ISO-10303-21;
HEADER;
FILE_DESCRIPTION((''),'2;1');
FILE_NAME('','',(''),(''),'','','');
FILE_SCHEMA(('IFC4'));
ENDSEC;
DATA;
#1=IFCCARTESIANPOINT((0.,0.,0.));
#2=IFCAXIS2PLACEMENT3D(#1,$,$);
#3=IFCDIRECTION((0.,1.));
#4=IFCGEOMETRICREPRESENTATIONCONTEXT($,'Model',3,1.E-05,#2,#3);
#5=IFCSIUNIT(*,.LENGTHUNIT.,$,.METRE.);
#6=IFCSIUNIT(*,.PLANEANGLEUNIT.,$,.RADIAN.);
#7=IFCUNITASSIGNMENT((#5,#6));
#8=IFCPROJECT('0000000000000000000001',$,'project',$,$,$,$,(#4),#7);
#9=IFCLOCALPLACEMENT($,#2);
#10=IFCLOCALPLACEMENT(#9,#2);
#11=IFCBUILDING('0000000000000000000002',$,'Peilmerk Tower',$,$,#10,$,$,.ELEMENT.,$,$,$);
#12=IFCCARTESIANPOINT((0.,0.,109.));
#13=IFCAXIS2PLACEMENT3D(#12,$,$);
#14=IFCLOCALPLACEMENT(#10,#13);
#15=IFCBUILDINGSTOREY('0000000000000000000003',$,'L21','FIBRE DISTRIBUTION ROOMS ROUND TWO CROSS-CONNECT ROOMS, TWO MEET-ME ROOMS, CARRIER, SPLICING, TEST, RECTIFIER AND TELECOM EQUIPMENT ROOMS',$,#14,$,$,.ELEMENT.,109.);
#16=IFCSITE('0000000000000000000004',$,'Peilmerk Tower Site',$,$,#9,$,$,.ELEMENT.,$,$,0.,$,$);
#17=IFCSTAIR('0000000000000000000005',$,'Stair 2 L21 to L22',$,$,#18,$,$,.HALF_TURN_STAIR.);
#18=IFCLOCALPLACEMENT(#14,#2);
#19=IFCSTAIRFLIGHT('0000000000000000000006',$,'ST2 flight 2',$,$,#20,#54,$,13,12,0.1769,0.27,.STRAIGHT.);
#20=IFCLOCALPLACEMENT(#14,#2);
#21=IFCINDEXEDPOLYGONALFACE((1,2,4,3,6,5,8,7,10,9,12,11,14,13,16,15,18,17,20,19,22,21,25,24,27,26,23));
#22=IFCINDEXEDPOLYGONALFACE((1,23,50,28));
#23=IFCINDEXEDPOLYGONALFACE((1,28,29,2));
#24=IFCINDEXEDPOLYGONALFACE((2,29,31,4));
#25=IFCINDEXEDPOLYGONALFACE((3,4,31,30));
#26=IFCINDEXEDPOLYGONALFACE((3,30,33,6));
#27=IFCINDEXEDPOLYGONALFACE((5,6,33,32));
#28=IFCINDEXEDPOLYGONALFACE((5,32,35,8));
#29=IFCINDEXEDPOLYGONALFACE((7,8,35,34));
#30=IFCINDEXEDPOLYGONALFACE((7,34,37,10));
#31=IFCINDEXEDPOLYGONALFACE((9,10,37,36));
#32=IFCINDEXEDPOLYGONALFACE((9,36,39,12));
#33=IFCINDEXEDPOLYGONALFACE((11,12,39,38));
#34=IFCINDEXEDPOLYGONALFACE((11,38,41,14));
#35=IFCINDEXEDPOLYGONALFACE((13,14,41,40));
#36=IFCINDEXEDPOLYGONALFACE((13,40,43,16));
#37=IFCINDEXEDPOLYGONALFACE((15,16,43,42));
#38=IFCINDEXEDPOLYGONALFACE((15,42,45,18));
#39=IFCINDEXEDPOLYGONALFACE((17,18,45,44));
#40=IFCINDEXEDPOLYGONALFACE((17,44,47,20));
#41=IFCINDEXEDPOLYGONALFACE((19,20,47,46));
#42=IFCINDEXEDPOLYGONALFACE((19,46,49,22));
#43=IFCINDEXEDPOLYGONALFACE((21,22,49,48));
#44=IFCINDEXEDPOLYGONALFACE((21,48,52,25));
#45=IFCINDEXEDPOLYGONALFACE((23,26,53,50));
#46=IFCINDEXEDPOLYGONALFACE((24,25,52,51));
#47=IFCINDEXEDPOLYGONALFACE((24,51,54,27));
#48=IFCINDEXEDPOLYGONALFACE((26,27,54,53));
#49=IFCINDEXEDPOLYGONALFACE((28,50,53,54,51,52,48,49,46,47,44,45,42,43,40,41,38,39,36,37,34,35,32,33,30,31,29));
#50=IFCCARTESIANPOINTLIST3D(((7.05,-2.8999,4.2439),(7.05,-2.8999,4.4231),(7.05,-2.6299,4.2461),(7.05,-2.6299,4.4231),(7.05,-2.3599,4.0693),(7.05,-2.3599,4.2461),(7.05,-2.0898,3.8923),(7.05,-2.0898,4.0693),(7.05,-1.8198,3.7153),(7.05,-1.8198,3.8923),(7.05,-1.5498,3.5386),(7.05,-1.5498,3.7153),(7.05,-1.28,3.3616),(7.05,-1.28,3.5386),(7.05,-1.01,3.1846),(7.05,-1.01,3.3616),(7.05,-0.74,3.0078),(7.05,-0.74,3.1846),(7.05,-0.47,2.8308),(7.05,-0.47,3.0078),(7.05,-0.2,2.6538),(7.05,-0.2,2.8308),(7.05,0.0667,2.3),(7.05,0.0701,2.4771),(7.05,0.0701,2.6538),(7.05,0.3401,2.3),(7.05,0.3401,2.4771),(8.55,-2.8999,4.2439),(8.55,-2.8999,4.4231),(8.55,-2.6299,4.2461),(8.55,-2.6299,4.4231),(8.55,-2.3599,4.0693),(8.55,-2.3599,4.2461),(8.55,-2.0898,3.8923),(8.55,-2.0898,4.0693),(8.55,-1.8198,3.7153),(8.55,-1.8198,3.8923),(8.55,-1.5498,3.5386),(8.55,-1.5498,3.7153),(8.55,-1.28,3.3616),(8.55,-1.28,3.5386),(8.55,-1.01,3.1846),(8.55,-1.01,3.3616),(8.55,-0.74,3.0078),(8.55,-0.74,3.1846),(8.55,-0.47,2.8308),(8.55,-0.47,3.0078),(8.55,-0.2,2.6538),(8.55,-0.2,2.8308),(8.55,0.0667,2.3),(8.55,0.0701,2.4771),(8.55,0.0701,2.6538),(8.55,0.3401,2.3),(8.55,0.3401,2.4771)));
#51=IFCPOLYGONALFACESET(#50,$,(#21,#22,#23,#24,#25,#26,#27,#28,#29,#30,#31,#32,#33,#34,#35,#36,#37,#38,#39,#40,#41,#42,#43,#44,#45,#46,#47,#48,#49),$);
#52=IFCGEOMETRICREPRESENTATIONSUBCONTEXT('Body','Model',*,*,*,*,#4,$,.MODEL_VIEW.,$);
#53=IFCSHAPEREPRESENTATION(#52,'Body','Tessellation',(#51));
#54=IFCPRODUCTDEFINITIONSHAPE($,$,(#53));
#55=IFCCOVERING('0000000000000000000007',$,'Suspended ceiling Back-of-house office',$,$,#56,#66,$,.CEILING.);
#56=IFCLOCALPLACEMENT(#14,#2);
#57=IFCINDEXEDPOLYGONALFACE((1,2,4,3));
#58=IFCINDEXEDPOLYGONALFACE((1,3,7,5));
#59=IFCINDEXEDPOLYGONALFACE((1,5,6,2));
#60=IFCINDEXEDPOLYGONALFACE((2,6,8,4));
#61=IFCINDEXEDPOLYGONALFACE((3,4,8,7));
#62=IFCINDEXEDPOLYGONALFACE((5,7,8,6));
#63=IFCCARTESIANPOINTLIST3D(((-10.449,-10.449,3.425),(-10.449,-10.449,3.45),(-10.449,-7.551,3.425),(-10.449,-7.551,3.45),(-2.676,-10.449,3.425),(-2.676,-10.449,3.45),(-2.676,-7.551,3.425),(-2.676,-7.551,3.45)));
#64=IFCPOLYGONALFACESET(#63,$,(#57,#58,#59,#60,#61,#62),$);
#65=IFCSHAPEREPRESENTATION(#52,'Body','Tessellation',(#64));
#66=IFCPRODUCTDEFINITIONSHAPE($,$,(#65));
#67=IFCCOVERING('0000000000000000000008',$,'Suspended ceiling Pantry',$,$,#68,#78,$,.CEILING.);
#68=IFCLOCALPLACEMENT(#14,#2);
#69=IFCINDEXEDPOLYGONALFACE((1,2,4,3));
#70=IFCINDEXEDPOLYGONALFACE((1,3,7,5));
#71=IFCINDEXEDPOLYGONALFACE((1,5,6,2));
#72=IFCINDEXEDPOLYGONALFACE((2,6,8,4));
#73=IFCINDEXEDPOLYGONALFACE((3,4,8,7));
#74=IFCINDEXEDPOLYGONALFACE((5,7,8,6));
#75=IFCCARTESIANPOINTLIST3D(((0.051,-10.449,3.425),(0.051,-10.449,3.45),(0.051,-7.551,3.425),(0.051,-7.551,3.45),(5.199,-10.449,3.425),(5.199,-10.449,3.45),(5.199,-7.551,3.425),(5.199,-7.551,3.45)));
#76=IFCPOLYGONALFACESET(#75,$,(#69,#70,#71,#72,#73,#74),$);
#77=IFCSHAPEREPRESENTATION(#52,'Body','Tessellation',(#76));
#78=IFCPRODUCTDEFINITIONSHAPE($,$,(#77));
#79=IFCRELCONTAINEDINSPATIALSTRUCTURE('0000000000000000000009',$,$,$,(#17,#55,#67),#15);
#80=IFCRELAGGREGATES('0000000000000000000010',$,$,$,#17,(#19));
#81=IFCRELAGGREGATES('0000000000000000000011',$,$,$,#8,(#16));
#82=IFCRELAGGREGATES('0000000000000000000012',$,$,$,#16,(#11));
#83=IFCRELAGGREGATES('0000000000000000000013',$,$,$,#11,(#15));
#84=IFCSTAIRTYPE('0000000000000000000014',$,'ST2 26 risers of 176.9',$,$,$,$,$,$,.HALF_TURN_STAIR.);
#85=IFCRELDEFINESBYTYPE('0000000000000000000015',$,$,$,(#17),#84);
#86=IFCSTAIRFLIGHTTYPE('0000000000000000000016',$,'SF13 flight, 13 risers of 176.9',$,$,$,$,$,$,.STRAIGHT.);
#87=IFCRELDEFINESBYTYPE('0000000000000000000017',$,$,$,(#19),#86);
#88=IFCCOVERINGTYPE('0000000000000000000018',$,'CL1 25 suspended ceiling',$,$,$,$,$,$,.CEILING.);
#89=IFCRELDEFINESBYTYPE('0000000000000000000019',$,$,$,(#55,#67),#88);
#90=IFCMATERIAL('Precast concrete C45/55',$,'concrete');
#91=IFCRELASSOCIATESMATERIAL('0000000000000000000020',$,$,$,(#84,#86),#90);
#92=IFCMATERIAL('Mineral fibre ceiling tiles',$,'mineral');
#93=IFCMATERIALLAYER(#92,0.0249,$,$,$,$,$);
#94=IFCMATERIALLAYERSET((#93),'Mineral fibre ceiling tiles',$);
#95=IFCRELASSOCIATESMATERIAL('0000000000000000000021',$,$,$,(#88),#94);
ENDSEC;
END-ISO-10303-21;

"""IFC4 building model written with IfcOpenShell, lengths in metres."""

from ifc_helpers import new_model, si_unit, direction, frame, origin, place, context, subcontext, project, spatial, polyline, outline, extrude, material, layer, layer_set, type_object, element, aggregate, save


model = new_model("IFC4")

# Units and contexts
model_context = context("Model", 3, precision=1e-05, world=origin(), true_north=direction((0.0, 1.0)))
body_context = subcontext(model_context, "Body", "Model", "MODEL_VIEW")
ifc_project = project(units=[si_unit("LENGTHUNIT", "METRE"), si_unit("PLANEANGLEUNIT", "RADIAN")], contexts=[model_context])

# Site, building, storey
site_placement = place(None, origin())
site = spatial("IfcSite", under=ifc_project, at=site_placement, Name="Peilmerk Tower Site", CompositionType="ELEMENT", RefElevation=0.0)
building_placement = place(site_placement, origin())
building = spatial("IfcBuilding", under=site, at=building_placement, Name="Peilmerk Tower", CompositionType="ELEMENT")
storey_placement = place(building_placement, frame((0.0, 0.0, 109.0)))
storey = spatial("IfcBuildingStorey", under=building, at=storey_placement, Name="L21", Description="FIBRE DISTRIBUTION ROOMS ROUND TWO CROSS-CONNECT ROOMS, TWO MEET-ME ROOMS, CARRIER, SPLICING, TEST, RECTIFIER AND TELECOM EQUIPMENT ROOMS", CompositionType="ELEMENT", Elevation=109.0)

# Stair, stair flight
ifc_material_1 = material(Name="Precast concrete C45/55", Category="concrete")
stair_type = type_object("IfcStairType", Name="ST2 26 risers of 176.9", PredefinedType="HALF_TURN_STAIR", material=ifc_material_1)
stair_placement = place(storey_placement, origin())
stair = element("IfcStair", 1, at=stair_placement, inside=storey, type_object=stair_type, Name="Stair 2 L21 to L22", PredefinedType="HALF_TURN_STAIR")
stair_flight_type = type_object("IfcStairFlightType", Name="SF13 flight, 13 risers of 176.9", PredefinedType="STRAIGHT", material=ifc_material_1)
stair_flight_placement = place(storey_placement, frame((7.8, 0.3401, 2.3), z_axis=(0.0, 0.0, 1.0), x_axis=(0.0, -1.0, 0.0)))
stair_flight = element("IfcStairFlight", 2, at=stair_flight_placement, type_object=stair_flight_type, Name="ST2 flight 2", NumberOfRisers=13, NumberOfTreads=12, PredefinedType="STRAIGHT", RiserHeight=0.1769, TreadLength=0.27, context=body_context, shape_type="SweptSolid", body=[
    extrude(outline(polyline([(0.0, 0.0), (0.0, 0.177), (0.27, 0.177), (0.27, 0.3538), (0.54, 0.3538), (0.54, 0.5308), (0.8101, 0.5308), (0.8101, 0.7078), (1.0801, 0.7078), (1.0801, 0.8845), (1.3501, 0.8845), (1.3501, 1.0615), (1.6201, 1.0615), (1.6201, 1.2385), (1.8899, 1.2385), (1.8899, 1.4153), (2.1599, 1.4153), (2.1599, 1.5923), (2.4299, 1.5923), (2.4299, 1.7693), (2.7, 1.7693), (2.7, 1.946), (2.97, 1.946), (2.97, 2.123), (3.24, 2.123), (3.24, 2.3), (3.24, 1.9438), (0.2734, 0.0), (0.0, 0.0)])), frame((0.0, 0.75, 0.0), z_axis=(0.0, -1.0, 0.0), x_axis=(1.0, 0.0, 0.0)), (0.0, 0.0, 1.0), 1.5),
])
aggregate(stair, [stair_flight])

# Coverings
ifc_material_2 = material(Name="Mineral fibre ceiling tiles", Category="mineral")
ifc_layer_1 = layer(ifc_material_2, 0.0249)
ifc_layer_set_1 = layer_set([ifc_layer_1], Name="Mineral fibre ceiling tiles")
covering_type_1 = type_object("IfcCoveringType", Name="CL1 25 suspended ceiling", PredefinedType="CEILING", material=ifc_layer_set_1)
covering_1_placement = place(storey_placement, frame((0.0, 0.0, 3.425)))
element("IfcCovering", 3, at=covering_1_placement, inside=storey, type_object=covering_type_1, Name="Suspended ceiling Back-of-house office", PredefinedType="CEILING", context=body_context, shape_type="SweptSolid", body=[
    extrude(outline(polyline([(-10.449, -10.449), (-2.676, -10.449), (-2.676, -7.551), (-10.449, -7.551), (-10.449, -10.449)])), origin(), (0.0, 0.0, 1.0), 0.0249),
])
covering_2_placement = place(storey_placement, frame((0.0, 0.0, 3.425)))
element("IfcCovering", 4, at=covering_2_placement, inside=storey, type_object=covering_type_1, Name="Suspended ceiling Pantry", PredefinedType="CEILING", context=body_context, shape_type="SweptSolid", body=[
    extrude(outline(polyline([(0.051, -10.449), (5.199, -10.449), (5.199, -7.551), (0.051, -7.551), (0.051, -10.449)])), origin(), (0.0, 0.0, 1.0), 0.0249),
])

save(model, "model.ifc")
